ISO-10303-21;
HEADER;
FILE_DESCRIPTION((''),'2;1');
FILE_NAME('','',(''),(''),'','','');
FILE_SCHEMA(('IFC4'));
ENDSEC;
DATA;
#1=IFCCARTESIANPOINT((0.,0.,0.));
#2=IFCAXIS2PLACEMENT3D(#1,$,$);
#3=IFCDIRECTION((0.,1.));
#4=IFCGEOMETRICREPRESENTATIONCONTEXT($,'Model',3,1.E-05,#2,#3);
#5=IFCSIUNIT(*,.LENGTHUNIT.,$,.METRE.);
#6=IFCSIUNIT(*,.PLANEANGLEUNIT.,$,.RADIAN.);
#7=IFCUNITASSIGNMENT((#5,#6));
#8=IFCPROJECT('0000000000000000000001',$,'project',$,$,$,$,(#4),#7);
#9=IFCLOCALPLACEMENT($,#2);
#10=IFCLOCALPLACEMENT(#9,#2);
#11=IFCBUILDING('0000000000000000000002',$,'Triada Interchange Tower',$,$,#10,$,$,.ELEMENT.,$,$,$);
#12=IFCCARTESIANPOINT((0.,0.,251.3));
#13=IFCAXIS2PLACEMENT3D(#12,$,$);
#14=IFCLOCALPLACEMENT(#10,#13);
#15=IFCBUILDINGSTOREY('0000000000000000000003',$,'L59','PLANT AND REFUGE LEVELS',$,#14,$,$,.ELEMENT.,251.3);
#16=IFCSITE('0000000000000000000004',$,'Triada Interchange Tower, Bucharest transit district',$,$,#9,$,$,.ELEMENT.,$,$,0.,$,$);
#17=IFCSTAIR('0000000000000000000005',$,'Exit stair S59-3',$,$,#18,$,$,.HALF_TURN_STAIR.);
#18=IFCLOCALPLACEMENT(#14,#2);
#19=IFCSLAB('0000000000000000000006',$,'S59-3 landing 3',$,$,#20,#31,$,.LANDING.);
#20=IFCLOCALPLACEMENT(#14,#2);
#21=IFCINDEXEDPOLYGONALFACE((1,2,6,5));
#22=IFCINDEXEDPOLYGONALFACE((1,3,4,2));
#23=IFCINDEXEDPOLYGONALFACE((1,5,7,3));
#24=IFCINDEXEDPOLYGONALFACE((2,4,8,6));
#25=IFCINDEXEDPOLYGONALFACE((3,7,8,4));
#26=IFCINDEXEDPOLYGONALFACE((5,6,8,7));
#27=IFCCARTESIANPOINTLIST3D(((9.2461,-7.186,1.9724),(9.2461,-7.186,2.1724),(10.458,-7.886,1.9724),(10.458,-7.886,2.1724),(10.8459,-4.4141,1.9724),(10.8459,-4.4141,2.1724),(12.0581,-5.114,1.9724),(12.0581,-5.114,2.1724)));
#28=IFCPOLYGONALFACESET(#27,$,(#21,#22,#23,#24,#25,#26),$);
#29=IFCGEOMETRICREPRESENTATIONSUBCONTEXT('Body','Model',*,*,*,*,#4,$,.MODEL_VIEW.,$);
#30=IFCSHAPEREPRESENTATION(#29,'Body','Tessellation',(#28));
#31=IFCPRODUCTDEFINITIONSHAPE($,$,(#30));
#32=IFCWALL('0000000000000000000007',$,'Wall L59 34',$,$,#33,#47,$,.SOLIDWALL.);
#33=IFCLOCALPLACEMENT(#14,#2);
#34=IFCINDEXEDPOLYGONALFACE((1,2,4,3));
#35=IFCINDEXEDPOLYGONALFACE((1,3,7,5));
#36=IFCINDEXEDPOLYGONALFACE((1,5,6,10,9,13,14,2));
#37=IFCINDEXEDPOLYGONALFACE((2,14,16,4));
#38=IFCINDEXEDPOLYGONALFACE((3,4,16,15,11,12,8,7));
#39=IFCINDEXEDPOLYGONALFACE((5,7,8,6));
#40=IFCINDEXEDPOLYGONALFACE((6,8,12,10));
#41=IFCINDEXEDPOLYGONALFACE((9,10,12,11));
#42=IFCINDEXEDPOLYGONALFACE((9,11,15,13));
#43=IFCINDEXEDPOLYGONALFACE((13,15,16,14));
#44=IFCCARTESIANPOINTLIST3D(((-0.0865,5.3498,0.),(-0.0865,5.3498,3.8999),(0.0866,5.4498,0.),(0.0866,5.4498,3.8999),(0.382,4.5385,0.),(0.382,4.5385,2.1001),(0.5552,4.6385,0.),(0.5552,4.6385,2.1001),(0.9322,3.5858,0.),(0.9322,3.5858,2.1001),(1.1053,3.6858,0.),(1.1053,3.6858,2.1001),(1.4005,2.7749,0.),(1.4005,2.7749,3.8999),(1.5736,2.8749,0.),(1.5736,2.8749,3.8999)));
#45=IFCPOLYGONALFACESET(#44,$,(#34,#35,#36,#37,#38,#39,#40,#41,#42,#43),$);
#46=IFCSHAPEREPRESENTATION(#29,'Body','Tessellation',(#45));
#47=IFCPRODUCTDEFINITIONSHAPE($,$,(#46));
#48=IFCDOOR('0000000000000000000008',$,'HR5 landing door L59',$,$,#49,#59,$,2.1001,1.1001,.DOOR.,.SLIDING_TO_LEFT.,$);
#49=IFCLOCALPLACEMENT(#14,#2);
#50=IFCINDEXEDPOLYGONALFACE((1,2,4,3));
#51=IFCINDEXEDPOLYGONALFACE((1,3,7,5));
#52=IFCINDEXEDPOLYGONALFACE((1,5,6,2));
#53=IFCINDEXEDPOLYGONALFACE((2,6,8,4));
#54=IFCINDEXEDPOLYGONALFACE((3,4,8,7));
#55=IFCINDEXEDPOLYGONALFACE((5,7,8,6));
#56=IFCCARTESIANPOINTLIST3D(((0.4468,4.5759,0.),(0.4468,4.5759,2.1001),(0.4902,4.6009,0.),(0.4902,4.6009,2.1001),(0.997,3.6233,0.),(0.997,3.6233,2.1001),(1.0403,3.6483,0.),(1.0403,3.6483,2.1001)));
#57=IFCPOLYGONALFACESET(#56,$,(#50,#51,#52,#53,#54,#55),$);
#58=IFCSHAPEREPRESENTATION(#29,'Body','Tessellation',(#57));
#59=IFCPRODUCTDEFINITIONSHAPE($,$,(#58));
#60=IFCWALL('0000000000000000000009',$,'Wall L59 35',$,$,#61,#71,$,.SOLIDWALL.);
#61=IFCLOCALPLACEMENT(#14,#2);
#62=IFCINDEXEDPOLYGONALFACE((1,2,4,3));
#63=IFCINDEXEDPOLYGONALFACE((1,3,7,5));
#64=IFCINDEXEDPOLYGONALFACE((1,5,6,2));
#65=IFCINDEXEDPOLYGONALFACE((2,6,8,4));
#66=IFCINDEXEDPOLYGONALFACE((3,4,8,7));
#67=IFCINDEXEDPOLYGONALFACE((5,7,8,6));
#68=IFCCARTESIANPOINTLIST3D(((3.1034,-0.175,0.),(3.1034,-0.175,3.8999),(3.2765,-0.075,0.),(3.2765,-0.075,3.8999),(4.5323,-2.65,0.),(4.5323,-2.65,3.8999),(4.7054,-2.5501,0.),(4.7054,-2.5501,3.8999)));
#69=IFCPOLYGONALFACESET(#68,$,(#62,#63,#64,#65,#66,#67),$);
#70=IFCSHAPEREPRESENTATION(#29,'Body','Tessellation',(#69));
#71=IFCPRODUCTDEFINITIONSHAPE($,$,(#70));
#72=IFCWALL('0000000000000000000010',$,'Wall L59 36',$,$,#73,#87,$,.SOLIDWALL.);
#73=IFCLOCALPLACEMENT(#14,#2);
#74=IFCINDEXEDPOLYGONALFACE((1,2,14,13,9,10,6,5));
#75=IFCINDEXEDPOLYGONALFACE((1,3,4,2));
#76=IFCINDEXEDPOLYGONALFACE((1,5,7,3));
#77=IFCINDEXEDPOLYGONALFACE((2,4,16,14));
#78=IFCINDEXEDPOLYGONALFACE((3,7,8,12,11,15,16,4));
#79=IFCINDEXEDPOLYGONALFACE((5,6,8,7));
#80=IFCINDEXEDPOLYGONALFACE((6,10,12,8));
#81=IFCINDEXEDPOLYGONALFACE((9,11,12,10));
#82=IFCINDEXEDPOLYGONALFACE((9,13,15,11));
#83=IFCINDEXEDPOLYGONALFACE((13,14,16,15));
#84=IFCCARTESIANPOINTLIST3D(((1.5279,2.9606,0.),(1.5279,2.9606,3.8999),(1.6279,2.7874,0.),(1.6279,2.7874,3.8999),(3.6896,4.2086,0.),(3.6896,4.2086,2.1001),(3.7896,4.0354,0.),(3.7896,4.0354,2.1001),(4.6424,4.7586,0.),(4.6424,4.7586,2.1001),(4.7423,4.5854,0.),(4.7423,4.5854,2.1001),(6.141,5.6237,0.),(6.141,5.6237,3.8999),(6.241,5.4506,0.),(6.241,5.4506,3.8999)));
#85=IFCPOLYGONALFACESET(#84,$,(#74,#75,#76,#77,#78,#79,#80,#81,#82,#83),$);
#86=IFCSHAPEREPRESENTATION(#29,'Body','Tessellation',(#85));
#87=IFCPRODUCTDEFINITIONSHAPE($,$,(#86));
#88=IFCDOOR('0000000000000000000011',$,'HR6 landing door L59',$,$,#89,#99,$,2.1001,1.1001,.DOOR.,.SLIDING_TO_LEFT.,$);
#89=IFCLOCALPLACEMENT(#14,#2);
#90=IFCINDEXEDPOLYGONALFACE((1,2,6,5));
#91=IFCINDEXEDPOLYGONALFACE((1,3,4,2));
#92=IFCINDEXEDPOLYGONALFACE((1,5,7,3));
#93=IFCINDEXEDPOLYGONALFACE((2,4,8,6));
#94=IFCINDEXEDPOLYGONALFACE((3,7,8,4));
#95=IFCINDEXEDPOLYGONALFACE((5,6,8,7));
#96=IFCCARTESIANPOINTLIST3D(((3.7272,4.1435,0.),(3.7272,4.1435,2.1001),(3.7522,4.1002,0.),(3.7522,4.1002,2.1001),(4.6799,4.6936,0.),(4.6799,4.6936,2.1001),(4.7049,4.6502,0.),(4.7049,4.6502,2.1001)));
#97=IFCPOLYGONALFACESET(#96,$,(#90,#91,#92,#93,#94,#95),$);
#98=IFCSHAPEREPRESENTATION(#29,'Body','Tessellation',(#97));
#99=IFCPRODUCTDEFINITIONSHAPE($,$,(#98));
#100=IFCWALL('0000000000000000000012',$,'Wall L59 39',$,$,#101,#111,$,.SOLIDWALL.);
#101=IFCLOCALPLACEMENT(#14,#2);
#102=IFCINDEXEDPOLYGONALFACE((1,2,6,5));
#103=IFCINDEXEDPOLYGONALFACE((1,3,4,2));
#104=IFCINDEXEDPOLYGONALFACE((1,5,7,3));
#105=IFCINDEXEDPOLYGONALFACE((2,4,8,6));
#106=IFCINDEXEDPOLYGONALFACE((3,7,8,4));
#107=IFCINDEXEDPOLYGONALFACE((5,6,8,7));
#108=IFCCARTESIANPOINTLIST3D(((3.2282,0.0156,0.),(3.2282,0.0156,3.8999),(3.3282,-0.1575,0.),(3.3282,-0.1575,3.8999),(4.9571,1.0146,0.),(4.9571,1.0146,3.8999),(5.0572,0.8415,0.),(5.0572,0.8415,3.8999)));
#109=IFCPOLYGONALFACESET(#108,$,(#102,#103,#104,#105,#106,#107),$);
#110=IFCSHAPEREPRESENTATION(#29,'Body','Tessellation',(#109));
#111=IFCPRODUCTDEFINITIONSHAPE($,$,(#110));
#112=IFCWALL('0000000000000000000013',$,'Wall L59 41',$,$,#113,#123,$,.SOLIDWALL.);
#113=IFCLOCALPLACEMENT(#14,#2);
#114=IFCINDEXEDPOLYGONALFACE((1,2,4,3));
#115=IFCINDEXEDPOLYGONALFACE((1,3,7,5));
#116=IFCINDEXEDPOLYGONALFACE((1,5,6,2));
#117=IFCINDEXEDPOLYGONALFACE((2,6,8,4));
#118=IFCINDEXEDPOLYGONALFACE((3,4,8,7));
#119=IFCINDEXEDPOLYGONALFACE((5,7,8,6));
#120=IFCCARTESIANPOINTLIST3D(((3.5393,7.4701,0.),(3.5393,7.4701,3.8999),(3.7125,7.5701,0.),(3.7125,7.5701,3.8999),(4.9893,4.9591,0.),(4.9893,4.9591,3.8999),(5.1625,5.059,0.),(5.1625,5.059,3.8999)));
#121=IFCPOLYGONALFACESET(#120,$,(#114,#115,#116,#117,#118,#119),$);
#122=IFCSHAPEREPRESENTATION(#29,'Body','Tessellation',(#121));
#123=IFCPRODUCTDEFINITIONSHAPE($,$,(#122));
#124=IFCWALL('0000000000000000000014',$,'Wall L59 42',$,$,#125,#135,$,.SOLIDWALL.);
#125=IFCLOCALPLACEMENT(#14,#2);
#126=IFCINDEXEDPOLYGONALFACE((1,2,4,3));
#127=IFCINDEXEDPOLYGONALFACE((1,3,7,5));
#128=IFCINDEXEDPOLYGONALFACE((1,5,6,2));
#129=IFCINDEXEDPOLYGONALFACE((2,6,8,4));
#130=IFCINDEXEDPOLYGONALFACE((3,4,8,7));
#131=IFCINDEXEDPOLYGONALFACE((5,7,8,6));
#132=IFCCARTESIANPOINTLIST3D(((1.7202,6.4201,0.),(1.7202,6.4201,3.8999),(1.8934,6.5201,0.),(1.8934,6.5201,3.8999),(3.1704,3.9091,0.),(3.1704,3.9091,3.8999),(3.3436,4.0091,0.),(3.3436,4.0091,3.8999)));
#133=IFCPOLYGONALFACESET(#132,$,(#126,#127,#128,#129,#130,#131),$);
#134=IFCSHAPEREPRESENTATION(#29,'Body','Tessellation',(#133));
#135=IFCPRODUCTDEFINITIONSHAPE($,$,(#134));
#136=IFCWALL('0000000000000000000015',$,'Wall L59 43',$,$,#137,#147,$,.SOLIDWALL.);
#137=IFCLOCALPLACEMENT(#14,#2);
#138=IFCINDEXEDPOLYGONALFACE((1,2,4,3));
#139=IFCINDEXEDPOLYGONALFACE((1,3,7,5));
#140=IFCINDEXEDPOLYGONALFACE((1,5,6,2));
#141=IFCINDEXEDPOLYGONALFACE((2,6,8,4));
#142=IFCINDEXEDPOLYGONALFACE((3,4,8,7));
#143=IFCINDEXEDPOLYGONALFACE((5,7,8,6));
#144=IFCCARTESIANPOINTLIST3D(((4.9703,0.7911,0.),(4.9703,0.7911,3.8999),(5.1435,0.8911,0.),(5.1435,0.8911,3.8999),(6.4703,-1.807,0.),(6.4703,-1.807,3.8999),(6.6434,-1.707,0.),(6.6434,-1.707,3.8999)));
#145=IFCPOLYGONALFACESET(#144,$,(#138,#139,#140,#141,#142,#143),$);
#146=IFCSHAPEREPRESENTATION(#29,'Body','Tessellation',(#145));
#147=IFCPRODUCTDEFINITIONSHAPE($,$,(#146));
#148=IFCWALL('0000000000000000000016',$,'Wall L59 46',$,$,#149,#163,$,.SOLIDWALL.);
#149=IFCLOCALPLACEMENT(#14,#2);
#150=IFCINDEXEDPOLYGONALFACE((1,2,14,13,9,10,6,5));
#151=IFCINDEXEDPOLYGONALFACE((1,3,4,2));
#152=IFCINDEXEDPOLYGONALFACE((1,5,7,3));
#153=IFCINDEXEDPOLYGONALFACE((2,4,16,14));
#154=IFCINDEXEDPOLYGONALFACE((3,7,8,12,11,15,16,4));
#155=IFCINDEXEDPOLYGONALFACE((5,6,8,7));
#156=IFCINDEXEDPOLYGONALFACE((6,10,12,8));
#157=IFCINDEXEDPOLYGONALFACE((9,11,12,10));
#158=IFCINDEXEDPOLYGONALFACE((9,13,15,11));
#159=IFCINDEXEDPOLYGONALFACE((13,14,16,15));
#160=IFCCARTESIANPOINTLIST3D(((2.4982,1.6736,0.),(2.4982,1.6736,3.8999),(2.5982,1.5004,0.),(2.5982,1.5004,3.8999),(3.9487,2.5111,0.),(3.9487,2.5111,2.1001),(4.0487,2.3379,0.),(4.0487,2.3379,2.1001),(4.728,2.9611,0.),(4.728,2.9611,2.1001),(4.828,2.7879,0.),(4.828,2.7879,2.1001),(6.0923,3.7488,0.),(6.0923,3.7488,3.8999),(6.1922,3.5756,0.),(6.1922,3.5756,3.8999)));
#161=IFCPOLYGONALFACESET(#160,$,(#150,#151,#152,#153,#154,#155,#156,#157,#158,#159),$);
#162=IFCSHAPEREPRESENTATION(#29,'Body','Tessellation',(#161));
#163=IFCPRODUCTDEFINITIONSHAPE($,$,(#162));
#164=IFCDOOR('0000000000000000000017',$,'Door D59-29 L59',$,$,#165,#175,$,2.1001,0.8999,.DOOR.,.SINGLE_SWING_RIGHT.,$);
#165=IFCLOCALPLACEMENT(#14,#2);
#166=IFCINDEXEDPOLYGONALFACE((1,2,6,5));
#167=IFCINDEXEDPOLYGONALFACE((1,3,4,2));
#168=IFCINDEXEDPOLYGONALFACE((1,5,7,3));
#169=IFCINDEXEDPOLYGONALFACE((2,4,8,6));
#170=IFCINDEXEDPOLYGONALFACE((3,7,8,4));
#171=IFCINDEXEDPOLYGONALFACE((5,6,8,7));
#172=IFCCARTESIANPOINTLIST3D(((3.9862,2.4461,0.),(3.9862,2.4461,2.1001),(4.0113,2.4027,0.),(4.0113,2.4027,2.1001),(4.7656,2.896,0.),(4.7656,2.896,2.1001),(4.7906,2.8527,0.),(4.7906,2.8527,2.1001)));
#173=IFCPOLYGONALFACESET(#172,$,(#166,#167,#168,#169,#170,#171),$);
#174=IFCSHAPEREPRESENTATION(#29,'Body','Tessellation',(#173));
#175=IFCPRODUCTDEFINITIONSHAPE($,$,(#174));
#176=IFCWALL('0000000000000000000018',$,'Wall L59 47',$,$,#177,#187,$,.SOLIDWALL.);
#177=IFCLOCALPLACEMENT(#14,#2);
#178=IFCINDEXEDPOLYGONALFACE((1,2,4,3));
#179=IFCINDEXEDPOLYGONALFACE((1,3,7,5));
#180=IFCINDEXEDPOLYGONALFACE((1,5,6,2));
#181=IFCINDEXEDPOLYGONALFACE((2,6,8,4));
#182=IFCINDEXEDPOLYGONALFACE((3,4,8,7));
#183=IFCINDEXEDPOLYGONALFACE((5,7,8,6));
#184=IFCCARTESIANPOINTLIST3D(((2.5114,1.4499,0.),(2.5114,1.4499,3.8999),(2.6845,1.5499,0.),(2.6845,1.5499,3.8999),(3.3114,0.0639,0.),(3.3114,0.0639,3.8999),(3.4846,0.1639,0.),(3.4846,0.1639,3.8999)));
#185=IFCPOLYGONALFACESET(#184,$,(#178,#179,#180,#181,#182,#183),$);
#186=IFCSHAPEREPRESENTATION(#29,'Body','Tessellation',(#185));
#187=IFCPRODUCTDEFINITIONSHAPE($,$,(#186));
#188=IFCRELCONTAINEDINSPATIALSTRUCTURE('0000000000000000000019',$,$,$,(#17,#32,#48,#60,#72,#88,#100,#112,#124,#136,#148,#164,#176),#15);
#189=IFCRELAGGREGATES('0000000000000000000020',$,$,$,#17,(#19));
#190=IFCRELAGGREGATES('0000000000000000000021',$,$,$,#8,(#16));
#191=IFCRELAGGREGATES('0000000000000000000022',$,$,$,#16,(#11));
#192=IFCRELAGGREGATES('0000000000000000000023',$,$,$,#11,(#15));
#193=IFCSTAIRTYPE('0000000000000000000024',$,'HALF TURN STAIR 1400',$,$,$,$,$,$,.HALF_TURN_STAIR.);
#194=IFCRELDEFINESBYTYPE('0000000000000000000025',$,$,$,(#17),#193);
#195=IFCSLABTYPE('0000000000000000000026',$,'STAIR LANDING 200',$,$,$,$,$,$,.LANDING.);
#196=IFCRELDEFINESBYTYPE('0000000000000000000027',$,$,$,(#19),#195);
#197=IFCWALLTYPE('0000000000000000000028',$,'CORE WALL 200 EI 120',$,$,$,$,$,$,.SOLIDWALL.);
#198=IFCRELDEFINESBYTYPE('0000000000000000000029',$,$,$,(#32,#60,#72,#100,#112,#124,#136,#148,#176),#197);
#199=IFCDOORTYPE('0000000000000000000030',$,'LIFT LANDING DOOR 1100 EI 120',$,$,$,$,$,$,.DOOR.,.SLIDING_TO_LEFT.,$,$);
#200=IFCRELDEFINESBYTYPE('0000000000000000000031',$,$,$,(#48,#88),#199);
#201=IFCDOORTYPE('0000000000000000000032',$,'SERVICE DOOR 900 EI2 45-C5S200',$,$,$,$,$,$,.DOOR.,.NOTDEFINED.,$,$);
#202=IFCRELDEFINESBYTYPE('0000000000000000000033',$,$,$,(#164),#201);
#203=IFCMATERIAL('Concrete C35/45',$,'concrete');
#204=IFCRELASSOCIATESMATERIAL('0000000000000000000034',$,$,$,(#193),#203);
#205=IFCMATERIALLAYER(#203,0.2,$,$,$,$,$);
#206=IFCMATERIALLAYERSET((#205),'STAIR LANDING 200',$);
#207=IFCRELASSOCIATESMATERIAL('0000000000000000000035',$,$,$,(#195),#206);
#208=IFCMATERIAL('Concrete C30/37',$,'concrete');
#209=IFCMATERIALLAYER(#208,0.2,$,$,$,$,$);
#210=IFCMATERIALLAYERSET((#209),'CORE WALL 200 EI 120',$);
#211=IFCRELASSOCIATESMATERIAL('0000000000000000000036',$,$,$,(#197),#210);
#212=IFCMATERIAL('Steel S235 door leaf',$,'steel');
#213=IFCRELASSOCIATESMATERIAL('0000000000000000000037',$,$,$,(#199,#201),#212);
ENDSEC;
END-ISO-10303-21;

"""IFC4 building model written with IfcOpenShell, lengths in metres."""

from ifc_helpers import new_model, si_unit, direction, frame, frame_2d, origin, place, context, subcontext, project, spatial, polyline, rectangle, outline, extrude, material, layer, layer_set, type_object, element, fill, aggregate, save


model = new_model("IFC4")

# Units and contexts
model_context = context("Model", 3, precision=1e-05, world=origin(), true_north=direction((0.0, 1.0)))
body_context = subcontext(model_context, "Body", "Model", "MODEL_VIEW")
ifc_project = project(units=[si_unit("LENGTHUNIT", "METRE"), si_unit("PLANEANGLEUNIT", "RADIAN")], contexts=[model_context])

# Site, building, storey
site_placement = place(None, origin())
site = spatial("IfcSite", under=ifc_project, at=site_placement, Name="Triada Interchange Tower, Bucharest transit district", CompositionType="ELEMENT", RefElevation=0.0)
building_placement = place(site_placement, origin())
building = spatial("IfcBuilding", under=site, at=building_placement, Name="Triada Interchange Tower", CompositionType="ELEMENT")
storey_placement = place(building_placement, frame((0.0, 0.0, 251.3)))
storey = spatial("IfcBuildingStorey", under=building, at=storey_placement, Name="L59", Description="PLANT AND REFUGE LEVELS", CompositionType="ELEMENT", Elevation=251.3)

# Stair, slab
ifc_material_1 = material(Name="Concrete C35/45", Category="concrete")
stair_type = type_object("IfcStairType", Name="HALF TURN STAIR 1400", PredefinedType="HALF_TURN_STAIR", material=ifc_material_1)
ifc_layer_1 = layer(ifc_material_1, 0.2)
ifc_layer_set_1 = layer_set([ifc_layer_1], Name="STAIR LANDING 200")
slab_type_1 = type_object("IfcSlabType", Name="STAIR LANDING 200", PredefinedType="LANDING", material=ifc_layer_set_1)
stair_1_placement = place(storey_placement, origin())
stair_1 = element("IfcStair", 1, at=stair_1_placement, inside=storey, type_object=stair_type, Name="Exit stair S59-3", PredefinedType="HALF_TURN_STAIR")
slab_1_placement = place(storey_placement, frame((0.0, 0.0, 1.9724)))
slab_1 = element("IfcSlab", 2, at=slab_1_placement, type_object=slab_type_1, Name="S59-3 landing 3", PredefinedType="LANDING", context=body_context, shape_type="SweptSolid", body=[
    extrude(outline(polyline([(9.2461, -7.186), (10.458, -7.886), (12.0581, -5.114), (10.8459, -4.4141), (9.2461, -7.186)])), origin(), (0.0, 0.0, 1.0), 0.2),
])
aggregate(stair_1, [slab_1])

# Wall, opening, door
ifc_material_2 = material(Name="Concrete C30/37", Category="concrete")
ifc_layer_2 = layer(ifc_material_2, 0.2)
ifc_layer_set_2 = layer_set([ifc_layer_2], Name="CORE WALL 200 EI 120")
wall_type_1 = type_object("IfcWallType", Name="CORE WALL 200 EI 120", PredefinedType="SOLIDWALL", material=ifc_layer_set_2)
wall_1_placement = place(storey_placement, frame((0.0, 5.3999, 0.0), z_axis=(0.0, 0.0, 1.0), x_axis=(0.500104, -0.865965, 0.0)))
wall_1 = element("IfcWall", 3, at=wall_1_placement, inside=storey, type_object=wall_type_1, Name="Wall L59 34", PredefinedType="SOLIDWALL", context=body_context, shape_type="SweptSolid", body=[
    extrude(rectangle(XDim=2.9734, YDim=0.2, at=frame_2d((1.4868, 0.0))), origin(), (0.0, 0.0, 1.0), 3.8999),
])
opening_1_placement = place(wall_1_placement, frame((0.937, 0.0, 0.0)))
opening_1 = element("IfcOpeningElement", 4, at=opening_1_placement, cuts=wall_1, PredefinedType="OPENING", context=body_context, shape_type="SweptSolid", body=[
    extrude(rectangle(XDim=1.1001, YDim=2.1001, at=frame_2d((0.55, 1.05))), frame((0.0, 0.1099, 0.0), z_axis=(0.0, -1.0, 0.0), x_axis=(1.0, 0.0, 0.0)), (0.0, 0.0, 1.0), 0.22),
])
ifc_material_3 = material(Name="Steel S235 door leaf", Category="steel")
door_type_1 = type_object("IfcDoorType", Name="LIFT LANDING DOOR 1100 EI 120", OperationType="SLIDING_TO_LEFT", PredefinedType="DOOR", material=ifc_material_3)
door_1_placement = place(opening_1_placement, origin())
door_1 = element("IfcDoor", 5, at=door_1_placement, inside=storey, type_object=door_type_1, Name="HR5 landing door L59", OperationType="SLIDING_TO_LEFT", OverallHeight=2.1001, OverallWidth=1.1001, PredefinedType="DOOR", context=body_context, shape_type="SweptSolid", body=[
    extrude(rectangle(XDim=1.1001, YDim=2.1001, at=frame_2d((0.55, 1.05))), frame((0.0, 0.0249, 0.0), z_axis=(0.0, -1.0, 0.0), x_axis=(1.0, 0.0, 0.0)), (0.0, 0.0, 1.0), 0.05),
])
fill(opening_1, door_1)

# Wall
wall_2_placement = place(storey_placement, frame((3.1899, -0.125, 0.0), z_axis=(0.0, 0.0, 1.0), x_axis=(0.499989, -0.866032, 0.0)))
element("IfcWall", 6, at=wall_2_placement, inside=storey, type_object=wall_type_1, Name="Wall L59 35", PredefinedType="SOLIDWALL", context=body_context, shape_type="SweptSolid", body=[
    extrude(rectangle(XDim=2.8579, YDim=0.2, at=frame_2d((1.429, 0.0))), origin(), (0.0, 0.0, 1.0), 3.8999),
])

# Wall, opening, door
wall_3_placement = place(storey_placement, frame((1.5779, 2.874, 0.0), z_axis=(0.0, 0.0, 1.0), x_axis=(0.866046, 0.499964, 0.0)))
wall_3 = element("IfcWall", 7, at=wall_3_placement, inside=storey, type_object=wall_type_1, Name="Wall L59 36", PredefinedType="SOLIDWALL", context=body_context, shape_type="SweptSolid", body=[
    extrude(rectangle(XDim=5.3267, YDim=0.2, at=frame_2d((2.6633, 0.0))), origin(), (0.0, 0.0, 1.0), 3.8999),
])
opening_2_placement = place(wall_3_placement, frame((2.4961, 0.0, 0.0)))
opening_2 = element("IfcOpeningElement", 8, at=opening_2_placement, cuts=wall_3, PredefinedType="OPENING", context=body_context, shape_type="SweptSolid", body=[
    extrude(rectangle(XDim=1.1001, YDim=2.1001, at=frame_2d((0.55, 1.05))), frame((0.0, 0.1099, 0.0), z_axis=(0.0, -1.0, 0.0), x_axis=(1.0, 0.0, 0.0)), (0.0, 0.0, 1.0), 0.22),
])
door_2_placement = place(opening_2_placement, origin())
door_2 = element("IfcDoor", 9, at=door_2_placement, inside=storey, type_object=door_type_1, Name="HR6 landing door L59", OperationType="SLIDING_TO_LEFT", OverallHeight=2.1001, OverallWidth=1.1001, PredefinedType="DOOR", context=body_context, shape_type="SweptSolid", body=[
    extrude(rectangle(XDim=1.1001, YDim=2.1001, at=frame_2d((0.55, 1.05))), frame((0.0, 0.0249, 0.0), z_axis=(0.0, -1.0, 0.0), x_axis=(1.0, 0.0, 0.0)), (0.0, 0.0, 1.0), 0.05),
])
fill(opening_2, door_2)

# Walls
wall_4_placement = place(storey_placement, frame((3.2781, -0.071, 0.0), z_axis=(0.0, 0.0, 1.0), x_axis=(0.865856, 0.500294, 0.0)))
element("IfcWall", 10, at=wall_4_placement, inside=storey, type_object=wall_type_1, Name="Wall L59 39", PredefinedType="SOLIDWALL", context=body_context, shape_type="SweptSolid", body=[
    extrude(rectangle(XDim=1.9968, YDim=0.2, at=frame_2d((0.9985, 0.0))), origin(), (0.0, 0.0, 1.0), 3.8999),
])
for number, where, z_axis, x_axis, name in (
    (11, (3.626, 7.52, 0.0), (0.0, 0.0, 1.0), (0.50006, -0.865991, 0.0), "Wall L59 41"),
    (12, (1.8069, 6.47, 0.0), (0.0, 0.0, 1.0), (0.500123, -0.865954, 0.0), "Wall L59 42"),
):
    element("IfcWall", number, at=place(storey_placement, frame(where, z_axis=z_axis, x_axis=x_axis)), inside=storey, type_object=wall_type_1, Name=name, PredefinedType="SOLIDWALL", context=body_context, shape_type="SweptSolid", body=[
        extrude(rectangle(XDim=2.8997, YDim=0.2, at=frame_2d((1.4497, 0.0))), origin(), (0.0, 0.0, 1.0), 3.8999),
    ])
wall_5_placement = place(storey_placement, frame((5.0569, 0.8411, 0.0), z_axis=(0.0, 0.0, 1.0), x_axis=(0.49999, -0.866031, 0.0)))
element("IfcWall", 13, at=wall_5_placement, inside=storey, type_object=wall_type_1, Name="Wall L59 43", PredefinedType="SOLIDWALL", context=body_context, shape_type="SweptSolid", body=[
    extrude(rectangle(XDim=3.0, YDim=0.2, at=frame_2d((1.5, 0.0))), origin(), (0.0, 0.0, 1.0), 3.8999),
])

# Wall, opening, door
wall_6_placement = place(storey_placement, frame((2.5481, 1.5869, 0.0), z_axis=(0.0, 0.0, 1.0), x_axis=(0.866004, 0.500036, 0.0)))
wall_6 = element("IfcWall", 14, at=wall_6_placement, inside=storey, type_object=wall_type_1, Name="Wall L59 46", PredefinedType="SOLIDWALL", context=body_context, shape_type="SweptSolid", body=[
    extrude(rectangle(XDim=4.1501, YDim=0.2, at=frame_2d((2.0752, 0.0))), origin(), (0.0, 0.0, 1.0), 3.8999),
])
opening_3_placement = place(wall_6_placement, frame((1.675, 0.0, 0.0)))
opening_3 = element("IfcOpeningElement", 15, at=opening_3_placement, cuts=wall_6, PredefinedType="OPENING", context=body_context, shape_type="SweptSolid", body=[
    extrude(rectangle(XDim=0.8999, YDim=2.1001, at=frame_2d((0.45, 1.05))), frame((0.0, 0.1099, 0.0), z_axis=(0.0, -1.0, 0.0), x_axis=(1.0, 0.0, 0.0)), (0.0, 0.0, 1.0), 0.22),
])
door_type_2 = type_object("IfcDoorType", Name="SERVICE DOOR 900 EI2 45-C5S200", OperationType="NOTDEFINED", PredefinedType="DOOR", material=ifc_material_3)
door_3_placement = place(opening_3_placement, origin())
door_3 = element("IfcDoor", 16, at=door_3_placement, inside=storey, type_object=door_type_2, Name="Door D59-29 L59", OperationType="SINGLE_SWING_RIGHT", OverallHeight=2.1001, OverallWidth=0.8999, PredefinedType="DOOR", context=body_context, shape_type="SweptSolid", body=[
    extrude(rectangle(XDim=0.8999, YDim=2.1001, at=frame_2d((0.45, 1.05))), frame((0.0, 0.0249, 0.0), z_axis=(0.0, -1.0, 0.0), x_axis=(1.0, 0.0, 0.0)), (0.0, 0.0, 1.0), 0.05),
])
fill(opening_3, door_3)

# Wall
wall_7_placement = place(storey_placement, frame((2.5979, 1.5, 0.0), z_axis=(0.0, 0.0, 1.0), x_axis=(0.499929, -0.866066, 0.0)))
element("IfcWall", 17, at=wall_7_placement, inside=storey, type_object=wall_type_1, Name="Wall L59 47", PredefinedType="SOLIDWALL", context=body_context, shape_type="SweptSolid", body=[
    extrude(rectangle(XDim=1.6003, YDim=0.2, at=frame_2d((0.8003, 0.0))), origin(), (0.0, 0.0, 1.0), 3.8999),
])

save(model, "model.ifc")
